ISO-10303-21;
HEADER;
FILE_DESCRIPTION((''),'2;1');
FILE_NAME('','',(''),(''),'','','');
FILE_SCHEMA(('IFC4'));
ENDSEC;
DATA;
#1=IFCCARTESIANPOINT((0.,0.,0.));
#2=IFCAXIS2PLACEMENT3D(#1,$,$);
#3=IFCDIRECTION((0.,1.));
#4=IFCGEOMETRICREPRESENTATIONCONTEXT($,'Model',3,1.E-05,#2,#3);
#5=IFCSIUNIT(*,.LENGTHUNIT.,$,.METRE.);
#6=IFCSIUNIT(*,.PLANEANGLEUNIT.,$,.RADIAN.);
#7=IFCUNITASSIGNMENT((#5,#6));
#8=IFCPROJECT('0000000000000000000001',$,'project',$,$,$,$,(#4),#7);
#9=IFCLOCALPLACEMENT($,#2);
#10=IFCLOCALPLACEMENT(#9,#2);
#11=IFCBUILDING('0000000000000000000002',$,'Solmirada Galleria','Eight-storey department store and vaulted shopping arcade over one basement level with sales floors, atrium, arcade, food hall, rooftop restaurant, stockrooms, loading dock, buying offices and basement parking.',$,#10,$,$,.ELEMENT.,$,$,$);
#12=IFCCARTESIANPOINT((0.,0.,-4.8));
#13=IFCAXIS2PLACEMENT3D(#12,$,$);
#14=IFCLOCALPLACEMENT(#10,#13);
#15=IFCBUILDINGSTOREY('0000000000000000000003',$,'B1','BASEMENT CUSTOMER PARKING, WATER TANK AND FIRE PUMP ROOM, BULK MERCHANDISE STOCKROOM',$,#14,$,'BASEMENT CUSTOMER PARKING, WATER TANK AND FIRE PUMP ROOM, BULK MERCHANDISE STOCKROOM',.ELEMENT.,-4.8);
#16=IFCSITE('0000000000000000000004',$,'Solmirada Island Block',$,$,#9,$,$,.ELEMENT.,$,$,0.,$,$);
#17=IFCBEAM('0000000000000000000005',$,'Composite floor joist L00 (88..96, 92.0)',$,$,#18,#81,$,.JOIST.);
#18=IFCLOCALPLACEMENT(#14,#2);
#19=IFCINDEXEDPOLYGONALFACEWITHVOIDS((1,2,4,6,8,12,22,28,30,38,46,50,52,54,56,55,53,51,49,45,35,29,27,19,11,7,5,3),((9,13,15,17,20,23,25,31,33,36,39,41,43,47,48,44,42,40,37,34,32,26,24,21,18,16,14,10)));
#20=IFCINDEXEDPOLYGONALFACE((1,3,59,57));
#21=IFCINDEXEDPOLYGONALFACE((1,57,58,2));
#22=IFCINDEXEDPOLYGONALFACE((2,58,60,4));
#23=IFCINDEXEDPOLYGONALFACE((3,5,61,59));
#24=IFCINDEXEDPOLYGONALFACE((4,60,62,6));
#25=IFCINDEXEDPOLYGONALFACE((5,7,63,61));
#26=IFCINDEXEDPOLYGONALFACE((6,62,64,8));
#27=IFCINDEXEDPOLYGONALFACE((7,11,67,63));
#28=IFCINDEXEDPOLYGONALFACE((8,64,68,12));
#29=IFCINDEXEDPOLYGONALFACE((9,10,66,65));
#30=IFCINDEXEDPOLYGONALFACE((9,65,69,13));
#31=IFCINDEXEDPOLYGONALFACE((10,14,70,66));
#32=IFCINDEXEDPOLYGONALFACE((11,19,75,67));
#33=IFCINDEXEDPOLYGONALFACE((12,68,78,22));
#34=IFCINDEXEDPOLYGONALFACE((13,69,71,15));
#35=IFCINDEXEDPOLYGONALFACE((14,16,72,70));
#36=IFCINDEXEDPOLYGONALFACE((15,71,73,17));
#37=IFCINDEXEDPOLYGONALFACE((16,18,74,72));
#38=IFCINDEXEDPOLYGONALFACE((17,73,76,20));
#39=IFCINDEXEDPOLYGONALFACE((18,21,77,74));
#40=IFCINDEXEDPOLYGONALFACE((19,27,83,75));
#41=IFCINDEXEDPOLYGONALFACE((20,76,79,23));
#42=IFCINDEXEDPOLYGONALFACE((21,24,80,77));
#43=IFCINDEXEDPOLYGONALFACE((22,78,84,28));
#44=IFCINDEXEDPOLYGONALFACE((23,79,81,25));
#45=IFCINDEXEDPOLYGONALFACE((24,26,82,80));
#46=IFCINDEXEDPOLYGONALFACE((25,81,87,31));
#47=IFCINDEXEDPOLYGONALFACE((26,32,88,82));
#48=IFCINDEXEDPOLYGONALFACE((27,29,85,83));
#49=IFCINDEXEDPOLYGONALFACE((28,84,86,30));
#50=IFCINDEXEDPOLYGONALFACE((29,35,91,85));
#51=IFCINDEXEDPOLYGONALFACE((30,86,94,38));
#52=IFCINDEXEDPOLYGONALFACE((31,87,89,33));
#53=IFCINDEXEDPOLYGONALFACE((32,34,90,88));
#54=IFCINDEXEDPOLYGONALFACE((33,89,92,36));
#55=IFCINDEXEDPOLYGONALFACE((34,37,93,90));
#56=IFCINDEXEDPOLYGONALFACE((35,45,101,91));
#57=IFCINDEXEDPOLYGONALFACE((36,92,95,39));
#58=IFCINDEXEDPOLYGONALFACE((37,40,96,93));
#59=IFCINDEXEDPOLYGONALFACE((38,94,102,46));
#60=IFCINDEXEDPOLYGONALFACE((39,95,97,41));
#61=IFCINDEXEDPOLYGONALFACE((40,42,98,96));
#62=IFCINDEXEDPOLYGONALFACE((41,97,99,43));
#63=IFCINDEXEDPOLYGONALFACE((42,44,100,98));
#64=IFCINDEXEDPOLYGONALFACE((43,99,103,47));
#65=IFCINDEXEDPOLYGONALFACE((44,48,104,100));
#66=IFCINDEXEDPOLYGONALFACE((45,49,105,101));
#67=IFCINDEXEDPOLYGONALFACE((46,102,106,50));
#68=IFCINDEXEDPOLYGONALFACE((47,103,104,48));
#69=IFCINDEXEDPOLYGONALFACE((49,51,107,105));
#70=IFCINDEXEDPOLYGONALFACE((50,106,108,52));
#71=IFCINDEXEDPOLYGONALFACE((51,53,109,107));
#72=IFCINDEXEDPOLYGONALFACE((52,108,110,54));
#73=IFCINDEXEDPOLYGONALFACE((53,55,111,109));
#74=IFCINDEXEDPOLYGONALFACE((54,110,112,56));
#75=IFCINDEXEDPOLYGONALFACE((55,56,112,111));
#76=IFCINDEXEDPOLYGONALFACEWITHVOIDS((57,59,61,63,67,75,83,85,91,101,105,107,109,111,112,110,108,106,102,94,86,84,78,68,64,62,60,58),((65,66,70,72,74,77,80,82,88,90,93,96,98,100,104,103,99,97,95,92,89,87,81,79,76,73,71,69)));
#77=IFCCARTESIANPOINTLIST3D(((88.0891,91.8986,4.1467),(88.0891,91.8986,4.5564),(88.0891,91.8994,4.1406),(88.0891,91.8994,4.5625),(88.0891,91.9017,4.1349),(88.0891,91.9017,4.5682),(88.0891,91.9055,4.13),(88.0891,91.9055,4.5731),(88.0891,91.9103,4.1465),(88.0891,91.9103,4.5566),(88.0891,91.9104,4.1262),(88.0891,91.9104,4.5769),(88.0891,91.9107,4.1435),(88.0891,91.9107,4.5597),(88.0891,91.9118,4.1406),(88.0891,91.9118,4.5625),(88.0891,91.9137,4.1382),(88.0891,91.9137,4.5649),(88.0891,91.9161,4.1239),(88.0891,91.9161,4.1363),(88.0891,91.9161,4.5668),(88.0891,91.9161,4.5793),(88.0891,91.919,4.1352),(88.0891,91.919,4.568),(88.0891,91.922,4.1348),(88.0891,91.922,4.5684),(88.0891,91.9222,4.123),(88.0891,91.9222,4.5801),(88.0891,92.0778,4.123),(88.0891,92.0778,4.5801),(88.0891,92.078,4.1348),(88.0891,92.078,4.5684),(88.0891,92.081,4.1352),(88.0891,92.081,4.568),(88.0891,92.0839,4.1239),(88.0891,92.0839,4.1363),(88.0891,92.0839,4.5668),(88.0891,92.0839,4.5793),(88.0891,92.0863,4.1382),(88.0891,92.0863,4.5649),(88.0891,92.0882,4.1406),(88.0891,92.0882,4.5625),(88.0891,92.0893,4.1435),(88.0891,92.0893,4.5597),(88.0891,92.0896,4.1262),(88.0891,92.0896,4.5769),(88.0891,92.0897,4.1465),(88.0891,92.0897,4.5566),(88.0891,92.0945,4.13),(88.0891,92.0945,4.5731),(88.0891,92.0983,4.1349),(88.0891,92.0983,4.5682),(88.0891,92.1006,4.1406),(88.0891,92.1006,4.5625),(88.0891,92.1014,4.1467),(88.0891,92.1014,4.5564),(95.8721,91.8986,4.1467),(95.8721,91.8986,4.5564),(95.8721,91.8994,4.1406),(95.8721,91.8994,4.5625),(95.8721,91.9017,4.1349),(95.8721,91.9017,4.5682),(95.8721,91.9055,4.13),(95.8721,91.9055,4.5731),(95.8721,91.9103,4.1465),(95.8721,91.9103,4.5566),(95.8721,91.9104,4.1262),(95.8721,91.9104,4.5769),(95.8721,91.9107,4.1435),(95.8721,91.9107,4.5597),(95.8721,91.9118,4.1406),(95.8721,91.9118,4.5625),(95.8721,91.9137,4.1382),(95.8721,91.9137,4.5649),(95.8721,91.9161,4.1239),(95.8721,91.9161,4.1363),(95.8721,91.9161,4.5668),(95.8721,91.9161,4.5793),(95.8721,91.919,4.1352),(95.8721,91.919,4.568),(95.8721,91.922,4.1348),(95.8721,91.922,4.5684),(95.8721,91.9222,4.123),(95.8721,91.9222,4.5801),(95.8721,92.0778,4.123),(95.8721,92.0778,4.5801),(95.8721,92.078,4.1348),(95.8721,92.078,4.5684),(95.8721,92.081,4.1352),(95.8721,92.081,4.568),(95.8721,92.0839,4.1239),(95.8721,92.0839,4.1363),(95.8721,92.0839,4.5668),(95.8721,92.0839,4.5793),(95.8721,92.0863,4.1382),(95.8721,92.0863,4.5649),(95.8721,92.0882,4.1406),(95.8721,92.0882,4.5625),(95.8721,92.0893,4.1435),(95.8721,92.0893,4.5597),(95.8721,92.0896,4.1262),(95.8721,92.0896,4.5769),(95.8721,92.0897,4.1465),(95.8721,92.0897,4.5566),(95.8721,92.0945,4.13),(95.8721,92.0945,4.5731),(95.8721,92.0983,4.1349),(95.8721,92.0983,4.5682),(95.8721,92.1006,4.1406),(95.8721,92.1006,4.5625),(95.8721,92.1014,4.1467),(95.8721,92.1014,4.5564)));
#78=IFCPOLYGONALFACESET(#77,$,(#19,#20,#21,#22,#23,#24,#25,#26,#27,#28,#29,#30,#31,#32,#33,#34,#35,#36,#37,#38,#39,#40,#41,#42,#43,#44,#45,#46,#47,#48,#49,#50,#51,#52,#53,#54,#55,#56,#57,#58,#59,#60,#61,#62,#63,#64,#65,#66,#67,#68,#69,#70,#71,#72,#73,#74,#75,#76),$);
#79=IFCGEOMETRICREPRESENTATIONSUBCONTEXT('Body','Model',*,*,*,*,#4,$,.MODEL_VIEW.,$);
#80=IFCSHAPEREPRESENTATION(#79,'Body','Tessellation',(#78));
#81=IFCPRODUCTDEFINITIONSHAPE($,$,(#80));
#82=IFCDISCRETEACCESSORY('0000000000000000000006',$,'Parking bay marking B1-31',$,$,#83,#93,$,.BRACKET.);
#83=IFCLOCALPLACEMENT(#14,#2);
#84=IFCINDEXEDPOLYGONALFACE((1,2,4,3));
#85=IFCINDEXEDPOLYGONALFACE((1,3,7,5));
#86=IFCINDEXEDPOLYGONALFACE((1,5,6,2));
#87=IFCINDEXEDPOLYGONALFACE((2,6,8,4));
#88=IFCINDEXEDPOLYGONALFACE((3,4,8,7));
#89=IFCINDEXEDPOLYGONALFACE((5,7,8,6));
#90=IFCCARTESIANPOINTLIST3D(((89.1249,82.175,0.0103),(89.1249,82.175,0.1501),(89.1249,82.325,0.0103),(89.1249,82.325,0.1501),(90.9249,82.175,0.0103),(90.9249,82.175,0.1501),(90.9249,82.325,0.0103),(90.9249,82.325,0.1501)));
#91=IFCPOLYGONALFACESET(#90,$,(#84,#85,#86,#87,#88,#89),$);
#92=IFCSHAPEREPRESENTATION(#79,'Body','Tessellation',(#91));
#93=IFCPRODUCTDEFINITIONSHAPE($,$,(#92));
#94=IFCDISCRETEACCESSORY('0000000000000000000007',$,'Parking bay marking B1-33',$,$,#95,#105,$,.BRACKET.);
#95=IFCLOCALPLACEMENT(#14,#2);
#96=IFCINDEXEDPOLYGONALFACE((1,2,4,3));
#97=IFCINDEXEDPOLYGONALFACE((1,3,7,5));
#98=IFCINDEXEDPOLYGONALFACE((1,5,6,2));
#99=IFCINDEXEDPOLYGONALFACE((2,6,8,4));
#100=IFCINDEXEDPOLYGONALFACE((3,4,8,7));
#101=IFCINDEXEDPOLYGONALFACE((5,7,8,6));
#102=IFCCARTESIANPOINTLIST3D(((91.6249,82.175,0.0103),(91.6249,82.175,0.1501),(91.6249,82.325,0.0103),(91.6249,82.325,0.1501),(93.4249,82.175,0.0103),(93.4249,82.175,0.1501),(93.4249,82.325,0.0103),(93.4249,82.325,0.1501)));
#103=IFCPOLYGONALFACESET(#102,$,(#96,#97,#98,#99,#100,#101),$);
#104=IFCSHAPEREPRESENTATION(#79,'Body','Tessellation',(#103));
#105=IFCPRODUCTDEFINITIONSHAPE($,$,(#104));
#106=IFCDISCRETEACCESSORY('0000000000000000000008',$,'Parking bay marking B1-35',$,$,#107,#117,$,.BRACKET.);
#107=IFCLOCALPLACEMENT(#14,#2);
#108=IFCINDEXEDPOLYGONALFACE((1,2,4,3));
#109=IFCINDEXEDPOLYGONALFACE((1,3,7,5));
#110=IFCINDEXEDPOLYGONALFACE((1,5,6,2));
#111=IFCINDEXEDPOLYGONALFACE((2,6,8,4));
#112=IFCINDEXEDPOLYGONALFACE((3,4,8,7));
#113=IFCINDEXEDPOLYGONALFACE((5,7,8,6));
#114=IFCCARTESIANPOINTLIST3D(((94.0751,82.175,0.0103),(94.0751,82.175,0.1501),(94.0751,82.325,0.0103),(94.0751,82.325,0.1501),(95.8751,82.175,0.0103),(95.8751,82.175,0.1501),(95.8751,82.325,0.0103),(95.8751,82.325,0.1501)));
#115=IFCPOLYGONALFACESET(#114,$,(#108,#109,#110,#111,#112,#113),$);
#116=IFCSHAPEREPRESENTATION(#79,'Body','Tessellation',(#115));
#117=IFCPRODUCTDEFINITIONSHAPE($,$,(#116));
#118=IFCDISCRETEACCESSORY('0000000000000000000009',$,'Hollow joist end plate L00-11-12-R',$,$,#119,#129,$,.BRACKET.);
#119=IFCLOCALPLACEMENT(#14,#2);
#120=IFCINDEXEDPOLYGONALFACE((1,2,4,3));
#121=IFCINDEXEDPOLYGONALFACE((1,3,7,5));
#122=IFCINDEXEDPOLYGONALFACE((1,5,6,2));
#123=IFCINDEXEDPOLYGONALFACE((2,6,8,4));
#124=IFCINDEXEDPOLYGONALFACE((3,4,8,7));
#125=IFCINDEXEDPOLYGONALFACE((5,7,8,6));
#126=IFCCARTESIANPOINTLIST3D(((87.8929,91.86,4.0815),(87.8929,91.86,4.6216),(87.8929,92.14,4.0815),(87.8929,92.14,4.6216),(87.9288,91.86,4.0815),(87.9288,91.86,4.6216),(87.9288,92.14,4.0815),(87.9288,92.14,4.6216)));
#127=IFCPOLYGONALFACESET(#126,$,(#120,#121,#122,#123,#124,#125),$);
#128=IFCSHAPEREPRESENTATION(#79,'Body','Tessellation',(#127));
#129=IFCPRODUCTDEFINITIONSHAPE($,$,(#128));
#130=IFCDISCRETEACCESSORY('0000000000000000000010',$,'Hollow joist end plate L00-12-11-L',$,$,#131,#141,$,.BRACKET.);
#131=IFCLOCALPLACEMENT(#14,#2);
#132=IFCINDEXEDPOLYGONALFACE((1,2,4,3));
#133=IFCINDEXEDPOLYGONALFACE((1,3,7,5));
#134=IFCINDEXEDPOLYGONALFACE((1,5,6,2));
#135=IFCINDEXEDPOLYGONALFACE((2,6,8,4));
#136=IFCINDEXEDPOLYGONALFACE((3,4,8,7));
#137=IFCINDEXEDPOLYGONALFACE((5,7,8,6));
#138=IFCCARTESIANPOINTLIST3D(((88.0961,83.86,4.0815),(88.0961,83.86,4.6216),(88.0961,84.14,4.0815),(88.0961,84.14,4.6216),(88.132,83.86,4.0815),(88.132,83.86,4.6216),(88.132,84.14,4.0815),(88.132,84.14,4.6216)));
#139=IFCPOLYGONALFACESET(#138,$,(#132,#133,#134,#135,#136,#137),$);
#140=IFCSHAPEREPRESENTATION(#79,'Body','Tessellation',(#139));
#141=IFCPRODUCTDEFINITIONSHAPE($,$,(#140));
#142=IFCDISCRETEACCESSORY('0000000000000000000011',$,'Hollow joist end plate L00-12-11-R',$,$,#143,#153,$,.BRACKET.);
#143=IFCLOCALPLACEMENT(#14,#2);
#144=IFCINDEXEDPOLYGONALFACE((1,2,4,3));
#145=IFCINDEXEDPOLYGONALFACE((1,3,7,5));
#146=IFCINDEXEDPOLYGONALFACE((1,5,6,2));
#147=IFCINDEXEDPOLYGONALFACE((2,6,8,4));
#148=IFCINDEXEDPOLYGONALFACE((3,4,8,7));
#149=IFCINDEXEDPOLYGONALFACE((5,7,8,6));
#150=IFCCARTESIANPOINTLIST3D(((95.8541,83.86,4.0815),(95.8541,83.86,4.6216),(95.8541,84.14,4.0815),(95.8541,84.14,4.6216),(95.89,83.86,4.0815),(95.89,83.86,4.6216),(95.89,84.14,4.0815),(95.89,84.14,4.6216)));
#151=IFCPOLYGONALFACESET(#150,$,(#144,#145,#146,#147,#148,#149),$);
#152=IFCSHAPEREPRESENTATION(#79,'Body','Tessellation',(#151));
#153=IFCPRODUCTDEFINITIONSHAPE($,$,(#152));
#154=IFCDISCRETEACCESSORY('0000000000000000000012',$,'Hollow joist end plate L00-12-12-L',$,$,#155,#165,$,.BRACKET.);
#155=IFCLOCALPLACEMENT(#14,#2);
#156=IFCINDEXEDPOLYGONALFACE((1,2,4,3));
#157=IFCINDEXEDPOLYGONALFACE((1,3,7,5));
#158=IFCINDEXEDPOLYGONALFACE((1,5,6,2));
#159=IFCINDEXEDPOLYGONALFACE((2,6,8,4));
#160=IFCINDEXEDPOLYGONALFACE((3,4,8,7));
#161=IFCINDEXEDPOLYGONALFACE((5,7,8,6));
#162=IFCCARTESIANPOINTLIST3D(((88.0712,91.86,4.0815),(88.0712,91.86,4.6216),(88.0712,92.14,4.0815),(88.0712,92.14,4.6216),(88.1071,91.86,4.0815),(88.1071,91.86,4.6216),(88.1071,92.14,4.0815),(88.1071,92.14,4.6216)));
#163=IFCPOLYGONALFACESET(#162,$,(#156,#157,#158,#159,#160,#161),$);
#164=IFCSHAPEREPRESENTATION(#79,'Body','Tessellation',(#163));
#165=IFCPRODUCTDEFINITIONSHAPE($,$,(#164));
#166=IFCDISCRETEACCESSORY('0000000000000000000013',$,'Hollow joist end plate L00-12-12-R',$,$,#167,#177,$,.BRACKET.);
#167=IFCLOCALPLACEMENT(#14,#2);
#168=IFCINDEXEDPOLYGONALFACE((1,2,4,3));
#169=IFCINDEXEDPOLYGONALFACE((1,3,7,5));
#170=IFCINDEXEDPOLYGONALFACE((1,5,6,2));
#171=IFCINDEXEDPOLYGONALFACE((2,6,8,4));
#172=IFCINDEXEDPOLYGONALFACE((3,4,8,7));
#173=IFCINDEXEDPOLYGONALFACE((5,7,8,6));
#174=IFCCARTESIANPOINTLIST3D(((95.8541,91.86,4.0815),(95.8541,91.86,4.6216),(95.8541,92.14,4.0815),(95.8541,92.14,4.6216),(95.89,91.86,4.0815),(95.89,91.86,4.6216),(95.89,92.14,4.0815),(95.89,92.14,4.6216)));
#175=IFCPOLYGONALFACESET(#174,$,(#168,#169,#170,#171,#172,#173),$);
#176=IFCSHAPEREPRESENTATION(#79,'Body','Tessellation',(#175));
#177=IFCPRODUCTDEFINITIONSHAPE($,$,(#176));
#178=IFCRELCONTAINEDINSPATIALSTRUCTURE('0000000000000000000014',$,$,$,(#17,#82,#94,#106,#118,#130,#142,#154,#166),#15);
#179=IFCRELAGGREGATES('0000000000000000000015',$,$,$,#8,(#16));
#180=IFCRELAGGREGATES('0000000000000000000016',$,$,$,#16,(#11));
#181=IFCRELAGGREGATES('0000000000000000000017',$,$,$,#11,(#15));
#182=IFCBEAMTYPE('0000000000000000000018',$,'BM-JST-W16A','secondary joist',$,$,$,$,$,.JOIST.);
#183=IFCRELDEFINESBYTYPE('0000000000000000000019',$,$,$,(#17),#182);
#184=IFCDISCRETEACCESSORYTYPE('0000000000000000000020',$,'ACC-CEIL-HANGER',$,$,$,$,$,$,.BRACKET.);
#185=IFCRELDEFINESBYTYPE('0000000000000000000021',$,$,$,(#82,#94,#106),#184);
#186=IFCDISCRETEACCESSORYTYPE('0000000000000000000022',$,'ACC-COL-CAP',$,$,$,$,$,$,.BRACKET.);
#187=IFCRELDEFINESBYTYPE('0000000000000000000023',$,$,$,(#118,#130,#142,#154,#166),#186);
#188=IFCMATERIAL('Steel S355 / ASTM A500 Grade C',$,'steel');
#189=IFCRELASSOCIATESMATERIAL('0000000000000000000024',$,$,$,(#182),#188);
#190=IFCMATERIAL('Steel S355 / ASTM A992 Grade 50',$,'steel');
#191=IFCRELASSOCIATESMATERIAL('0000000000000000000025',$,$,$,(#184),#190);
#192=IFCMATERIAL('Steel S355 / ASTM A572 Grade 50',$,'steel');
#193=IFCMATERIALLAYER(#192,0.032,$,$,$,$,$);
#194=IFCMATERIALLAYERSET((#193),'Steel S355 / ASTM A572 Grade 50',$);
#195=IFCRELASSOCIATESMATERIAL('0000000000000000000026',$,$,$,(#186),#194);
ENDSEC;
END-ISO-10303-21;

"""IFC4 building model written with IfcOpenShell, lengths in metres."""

from ifc_helpers import new_model, si_unit, direction, frame, origin, origin_2d, place, context, subcontext, project, spatial, rectangle, hollow_rectangle, extrude, material, layer, layer_set, material_profile, profile_set, type_object, element, save


model = new_model("IFC4")

# Units and contexts
model_context = context("Model", 3, precision=1e-05, world=origin(), true_north=direction((0.0, 1.0)))
body_context = subcontext(model_context, "Body", "Model", "MODEL_VIEW")
ifc_project = project(units=[si_unit("LENGTHUNIT", "METRE"), si_unit("PLANEANGLEUNIT", "RADIAN")], contexts=[model_context])

# Site, building, storey
site_placement = place(None, origin())
site = spatial("IfcSite", under=ifc_project, at=site_placement, Name="Solmirada Island Block", CompositionType="ELEMENT", RefElevation=0.0)
building_placement = place(site_placement, origin())
building = spatial("IfcBuilding", under=site, at=building_placement, Name="Solmirada Galleria", Description="Eight-storey department store and vaulted shopping arcade over one basement level with sales floors, atrium, arcade, food hall, rooftop restaurant, stockrooms, loading dock, buying offices and basement parking.", CompositionType="ELEMENT")
storey_placement = place(building_placement, frame((0.0, 0.0, -4.8)))
storey = spatial("IfcBuildingStorey", under=building, at=storey_placement, Name="B1", Description="BASEMENT CUSTOMER PARKING, WATER TANK AND FIRE PUMP ROOM, BULK MERCHANDISE STOCKROOM", LongName="BASEMENT CUSTOMER PARKING, WATER TANK AND FIRE PUMP ROOM, BULK MERCHANDISE STOCKROOM", CompositionType="ELEMENT", Elevation=-4.8)

# Shared definitions
ifc_material_1 = material(Name="Steel S355 / ASTM A500 Grade C", Category="steel")

# Beam
ifc_material_2 = material(Name="Steel S355 / ASTM A992 Grade 50", Category="steel")
ifc_material_profile_1 = material_profile(ifc_material_1, hollow_rectangle(XDim=0.2029, YDim=0.457, WallThickness=0.0117, InnerFilletRadius=0.0117, OuterFilletRadius=0.0237, at=origin_2d()), Name="HSS18X8X1/2")
ifc_profile_set_1 = profile_set([ifc_material_profile_1], Name="Steel S355 / ASTM A500 Grade C")
beam_type_1 = type_object("IfcBeamType", Name="BM-JST-W16A", Description="secondary joist", PredefinedType="JOIST", material=ifc_profile_set_1)
beam_1_placement = place(storey_placement, frame((88.0891, 92.0, 4.3516), z_axis=(1.0, 0.0, 0.0), x_axis=(0.0, 1.0, 0.0)))
element("IfcBeam", 1, at=beam_1_placement, inside=storey, type_object=beam_type_1, Name="Composite floor joist L00 (88..96, 92.0)", PredefinedType="JOIST", context=body_context, shape_type="SweptSolid", body=[
    extrude(hollow_rectangle(XDim=0.2029, YDim=0.457, WallThickness=0.0117, InnerFilletRadius=0.0117, OuterFilletRadius=0.0237, at=origin_2d()), origin(), (0.0, 0.0, 1.0), 7.783),
])

# Discrete accessories
discrete_accessory_type_1 = type_object("IfcDiscreteAccessoryType", Name="ACC-CEIL-HANGER", PredefinedType="BRACKET", material=ifc_material_2)
for number, where, z_axis, x_axis, name in (
    (2, (90.0249, 82.25, 0.0103), (0.0, 0.0, 1.0), (1.0, 0.0, 0.0), "Parking bay marking B1-31"),
    (3, (92.5249, 82.25, 0.0103), (0.0, 0.0, 1.0), (1.0, 0.0, 0.0), "Parking bay marking B1-33"),
    (4, (94.9751, 82.25, 0.0103), (0.0, 0.0, 1.0), (1.0, 0.0, 0.0), "Parking bay marking B1-35"),
):
    element("IfcDiscreteAccessory", number, at=place(storey_placement, frame(where, z_axis=z_axis, x_axis=x_axis)), inside=storey, type_object=discrete_accessory_type_1, Name=name, PredefinedType="BRACKET", context=body_context, shape_type="SweptSolid", body=[
        extrude(rectangle(XDim=1.8, YDim=0.1499, at=origin_2d()), origin(), (0.0, 0.0, 1.0), 0.1399),
    ])
ifc_material_3 = material(Name="Steel S355 / ASTM A572 Grade 50", Category="steel")
ifc_layer = layer(ifc_material_3, 0.032)
ifc_layer_set = layer_set([ifc_layer], Name="Steel S355 / ASTM A572 Grade 50")
discrete_accessory_type_2 = type_object("IfcDiscreteAccessoryType", Name="ACC-COL-CAP", PredefinedType="BRACKET", material=ifc_layer_set)
for number, where, z_axis, x_axis, name in (
    (5, (87.9109, 92.0, 4.0815), (0.0, 0.0, 1.0), (1.0, 0.0, 0.0), "Hollow joist end plate L00-11-12-R"),
    (6, (88.114, 84.0, 4.0815), (0.0, 0.0, 1.0), (1.0, 0.0, 0.0), "Hollow joist end plate L00-12-11-L"),
    (7, (95.8721, 84.0, 4.0815), (0.0, 0.0, 1.0), (1.0, 0.0, 0.0), "Hollow joist end plate L00-12-11-R"),
    (8, (88.0891, 92.0, 4.0815), (0.0, 0.0, 1.0), (1.0, 0.0, 0.0), "Hollow joist end plate L00-12-12-L"),
    (9, (95.8721, 92.0, 4.0815), (0.0, 0.0, 1.0), (1.0, 0.0, 0.0), "Hollow joist end plate L00-12-12-R"),
):
    element("IfcDiscreteAccessory", number, at=place(storey_placement, frame(where, z_axis=z_axis, x_axis=x_axis)), inside=storey, type_object=discrete_accessory_type_2, Name=name, PredefinedType="BRACKET", context=body_context, shape_type="SweptSolid", body=[
        extrude(rectangle(XDim=0.0359, YDim=0.28, at=origin_2d()), origin(), (0.0, 0.0, 1.0), 0.54),
    ])

save(model, "model.ifc")
